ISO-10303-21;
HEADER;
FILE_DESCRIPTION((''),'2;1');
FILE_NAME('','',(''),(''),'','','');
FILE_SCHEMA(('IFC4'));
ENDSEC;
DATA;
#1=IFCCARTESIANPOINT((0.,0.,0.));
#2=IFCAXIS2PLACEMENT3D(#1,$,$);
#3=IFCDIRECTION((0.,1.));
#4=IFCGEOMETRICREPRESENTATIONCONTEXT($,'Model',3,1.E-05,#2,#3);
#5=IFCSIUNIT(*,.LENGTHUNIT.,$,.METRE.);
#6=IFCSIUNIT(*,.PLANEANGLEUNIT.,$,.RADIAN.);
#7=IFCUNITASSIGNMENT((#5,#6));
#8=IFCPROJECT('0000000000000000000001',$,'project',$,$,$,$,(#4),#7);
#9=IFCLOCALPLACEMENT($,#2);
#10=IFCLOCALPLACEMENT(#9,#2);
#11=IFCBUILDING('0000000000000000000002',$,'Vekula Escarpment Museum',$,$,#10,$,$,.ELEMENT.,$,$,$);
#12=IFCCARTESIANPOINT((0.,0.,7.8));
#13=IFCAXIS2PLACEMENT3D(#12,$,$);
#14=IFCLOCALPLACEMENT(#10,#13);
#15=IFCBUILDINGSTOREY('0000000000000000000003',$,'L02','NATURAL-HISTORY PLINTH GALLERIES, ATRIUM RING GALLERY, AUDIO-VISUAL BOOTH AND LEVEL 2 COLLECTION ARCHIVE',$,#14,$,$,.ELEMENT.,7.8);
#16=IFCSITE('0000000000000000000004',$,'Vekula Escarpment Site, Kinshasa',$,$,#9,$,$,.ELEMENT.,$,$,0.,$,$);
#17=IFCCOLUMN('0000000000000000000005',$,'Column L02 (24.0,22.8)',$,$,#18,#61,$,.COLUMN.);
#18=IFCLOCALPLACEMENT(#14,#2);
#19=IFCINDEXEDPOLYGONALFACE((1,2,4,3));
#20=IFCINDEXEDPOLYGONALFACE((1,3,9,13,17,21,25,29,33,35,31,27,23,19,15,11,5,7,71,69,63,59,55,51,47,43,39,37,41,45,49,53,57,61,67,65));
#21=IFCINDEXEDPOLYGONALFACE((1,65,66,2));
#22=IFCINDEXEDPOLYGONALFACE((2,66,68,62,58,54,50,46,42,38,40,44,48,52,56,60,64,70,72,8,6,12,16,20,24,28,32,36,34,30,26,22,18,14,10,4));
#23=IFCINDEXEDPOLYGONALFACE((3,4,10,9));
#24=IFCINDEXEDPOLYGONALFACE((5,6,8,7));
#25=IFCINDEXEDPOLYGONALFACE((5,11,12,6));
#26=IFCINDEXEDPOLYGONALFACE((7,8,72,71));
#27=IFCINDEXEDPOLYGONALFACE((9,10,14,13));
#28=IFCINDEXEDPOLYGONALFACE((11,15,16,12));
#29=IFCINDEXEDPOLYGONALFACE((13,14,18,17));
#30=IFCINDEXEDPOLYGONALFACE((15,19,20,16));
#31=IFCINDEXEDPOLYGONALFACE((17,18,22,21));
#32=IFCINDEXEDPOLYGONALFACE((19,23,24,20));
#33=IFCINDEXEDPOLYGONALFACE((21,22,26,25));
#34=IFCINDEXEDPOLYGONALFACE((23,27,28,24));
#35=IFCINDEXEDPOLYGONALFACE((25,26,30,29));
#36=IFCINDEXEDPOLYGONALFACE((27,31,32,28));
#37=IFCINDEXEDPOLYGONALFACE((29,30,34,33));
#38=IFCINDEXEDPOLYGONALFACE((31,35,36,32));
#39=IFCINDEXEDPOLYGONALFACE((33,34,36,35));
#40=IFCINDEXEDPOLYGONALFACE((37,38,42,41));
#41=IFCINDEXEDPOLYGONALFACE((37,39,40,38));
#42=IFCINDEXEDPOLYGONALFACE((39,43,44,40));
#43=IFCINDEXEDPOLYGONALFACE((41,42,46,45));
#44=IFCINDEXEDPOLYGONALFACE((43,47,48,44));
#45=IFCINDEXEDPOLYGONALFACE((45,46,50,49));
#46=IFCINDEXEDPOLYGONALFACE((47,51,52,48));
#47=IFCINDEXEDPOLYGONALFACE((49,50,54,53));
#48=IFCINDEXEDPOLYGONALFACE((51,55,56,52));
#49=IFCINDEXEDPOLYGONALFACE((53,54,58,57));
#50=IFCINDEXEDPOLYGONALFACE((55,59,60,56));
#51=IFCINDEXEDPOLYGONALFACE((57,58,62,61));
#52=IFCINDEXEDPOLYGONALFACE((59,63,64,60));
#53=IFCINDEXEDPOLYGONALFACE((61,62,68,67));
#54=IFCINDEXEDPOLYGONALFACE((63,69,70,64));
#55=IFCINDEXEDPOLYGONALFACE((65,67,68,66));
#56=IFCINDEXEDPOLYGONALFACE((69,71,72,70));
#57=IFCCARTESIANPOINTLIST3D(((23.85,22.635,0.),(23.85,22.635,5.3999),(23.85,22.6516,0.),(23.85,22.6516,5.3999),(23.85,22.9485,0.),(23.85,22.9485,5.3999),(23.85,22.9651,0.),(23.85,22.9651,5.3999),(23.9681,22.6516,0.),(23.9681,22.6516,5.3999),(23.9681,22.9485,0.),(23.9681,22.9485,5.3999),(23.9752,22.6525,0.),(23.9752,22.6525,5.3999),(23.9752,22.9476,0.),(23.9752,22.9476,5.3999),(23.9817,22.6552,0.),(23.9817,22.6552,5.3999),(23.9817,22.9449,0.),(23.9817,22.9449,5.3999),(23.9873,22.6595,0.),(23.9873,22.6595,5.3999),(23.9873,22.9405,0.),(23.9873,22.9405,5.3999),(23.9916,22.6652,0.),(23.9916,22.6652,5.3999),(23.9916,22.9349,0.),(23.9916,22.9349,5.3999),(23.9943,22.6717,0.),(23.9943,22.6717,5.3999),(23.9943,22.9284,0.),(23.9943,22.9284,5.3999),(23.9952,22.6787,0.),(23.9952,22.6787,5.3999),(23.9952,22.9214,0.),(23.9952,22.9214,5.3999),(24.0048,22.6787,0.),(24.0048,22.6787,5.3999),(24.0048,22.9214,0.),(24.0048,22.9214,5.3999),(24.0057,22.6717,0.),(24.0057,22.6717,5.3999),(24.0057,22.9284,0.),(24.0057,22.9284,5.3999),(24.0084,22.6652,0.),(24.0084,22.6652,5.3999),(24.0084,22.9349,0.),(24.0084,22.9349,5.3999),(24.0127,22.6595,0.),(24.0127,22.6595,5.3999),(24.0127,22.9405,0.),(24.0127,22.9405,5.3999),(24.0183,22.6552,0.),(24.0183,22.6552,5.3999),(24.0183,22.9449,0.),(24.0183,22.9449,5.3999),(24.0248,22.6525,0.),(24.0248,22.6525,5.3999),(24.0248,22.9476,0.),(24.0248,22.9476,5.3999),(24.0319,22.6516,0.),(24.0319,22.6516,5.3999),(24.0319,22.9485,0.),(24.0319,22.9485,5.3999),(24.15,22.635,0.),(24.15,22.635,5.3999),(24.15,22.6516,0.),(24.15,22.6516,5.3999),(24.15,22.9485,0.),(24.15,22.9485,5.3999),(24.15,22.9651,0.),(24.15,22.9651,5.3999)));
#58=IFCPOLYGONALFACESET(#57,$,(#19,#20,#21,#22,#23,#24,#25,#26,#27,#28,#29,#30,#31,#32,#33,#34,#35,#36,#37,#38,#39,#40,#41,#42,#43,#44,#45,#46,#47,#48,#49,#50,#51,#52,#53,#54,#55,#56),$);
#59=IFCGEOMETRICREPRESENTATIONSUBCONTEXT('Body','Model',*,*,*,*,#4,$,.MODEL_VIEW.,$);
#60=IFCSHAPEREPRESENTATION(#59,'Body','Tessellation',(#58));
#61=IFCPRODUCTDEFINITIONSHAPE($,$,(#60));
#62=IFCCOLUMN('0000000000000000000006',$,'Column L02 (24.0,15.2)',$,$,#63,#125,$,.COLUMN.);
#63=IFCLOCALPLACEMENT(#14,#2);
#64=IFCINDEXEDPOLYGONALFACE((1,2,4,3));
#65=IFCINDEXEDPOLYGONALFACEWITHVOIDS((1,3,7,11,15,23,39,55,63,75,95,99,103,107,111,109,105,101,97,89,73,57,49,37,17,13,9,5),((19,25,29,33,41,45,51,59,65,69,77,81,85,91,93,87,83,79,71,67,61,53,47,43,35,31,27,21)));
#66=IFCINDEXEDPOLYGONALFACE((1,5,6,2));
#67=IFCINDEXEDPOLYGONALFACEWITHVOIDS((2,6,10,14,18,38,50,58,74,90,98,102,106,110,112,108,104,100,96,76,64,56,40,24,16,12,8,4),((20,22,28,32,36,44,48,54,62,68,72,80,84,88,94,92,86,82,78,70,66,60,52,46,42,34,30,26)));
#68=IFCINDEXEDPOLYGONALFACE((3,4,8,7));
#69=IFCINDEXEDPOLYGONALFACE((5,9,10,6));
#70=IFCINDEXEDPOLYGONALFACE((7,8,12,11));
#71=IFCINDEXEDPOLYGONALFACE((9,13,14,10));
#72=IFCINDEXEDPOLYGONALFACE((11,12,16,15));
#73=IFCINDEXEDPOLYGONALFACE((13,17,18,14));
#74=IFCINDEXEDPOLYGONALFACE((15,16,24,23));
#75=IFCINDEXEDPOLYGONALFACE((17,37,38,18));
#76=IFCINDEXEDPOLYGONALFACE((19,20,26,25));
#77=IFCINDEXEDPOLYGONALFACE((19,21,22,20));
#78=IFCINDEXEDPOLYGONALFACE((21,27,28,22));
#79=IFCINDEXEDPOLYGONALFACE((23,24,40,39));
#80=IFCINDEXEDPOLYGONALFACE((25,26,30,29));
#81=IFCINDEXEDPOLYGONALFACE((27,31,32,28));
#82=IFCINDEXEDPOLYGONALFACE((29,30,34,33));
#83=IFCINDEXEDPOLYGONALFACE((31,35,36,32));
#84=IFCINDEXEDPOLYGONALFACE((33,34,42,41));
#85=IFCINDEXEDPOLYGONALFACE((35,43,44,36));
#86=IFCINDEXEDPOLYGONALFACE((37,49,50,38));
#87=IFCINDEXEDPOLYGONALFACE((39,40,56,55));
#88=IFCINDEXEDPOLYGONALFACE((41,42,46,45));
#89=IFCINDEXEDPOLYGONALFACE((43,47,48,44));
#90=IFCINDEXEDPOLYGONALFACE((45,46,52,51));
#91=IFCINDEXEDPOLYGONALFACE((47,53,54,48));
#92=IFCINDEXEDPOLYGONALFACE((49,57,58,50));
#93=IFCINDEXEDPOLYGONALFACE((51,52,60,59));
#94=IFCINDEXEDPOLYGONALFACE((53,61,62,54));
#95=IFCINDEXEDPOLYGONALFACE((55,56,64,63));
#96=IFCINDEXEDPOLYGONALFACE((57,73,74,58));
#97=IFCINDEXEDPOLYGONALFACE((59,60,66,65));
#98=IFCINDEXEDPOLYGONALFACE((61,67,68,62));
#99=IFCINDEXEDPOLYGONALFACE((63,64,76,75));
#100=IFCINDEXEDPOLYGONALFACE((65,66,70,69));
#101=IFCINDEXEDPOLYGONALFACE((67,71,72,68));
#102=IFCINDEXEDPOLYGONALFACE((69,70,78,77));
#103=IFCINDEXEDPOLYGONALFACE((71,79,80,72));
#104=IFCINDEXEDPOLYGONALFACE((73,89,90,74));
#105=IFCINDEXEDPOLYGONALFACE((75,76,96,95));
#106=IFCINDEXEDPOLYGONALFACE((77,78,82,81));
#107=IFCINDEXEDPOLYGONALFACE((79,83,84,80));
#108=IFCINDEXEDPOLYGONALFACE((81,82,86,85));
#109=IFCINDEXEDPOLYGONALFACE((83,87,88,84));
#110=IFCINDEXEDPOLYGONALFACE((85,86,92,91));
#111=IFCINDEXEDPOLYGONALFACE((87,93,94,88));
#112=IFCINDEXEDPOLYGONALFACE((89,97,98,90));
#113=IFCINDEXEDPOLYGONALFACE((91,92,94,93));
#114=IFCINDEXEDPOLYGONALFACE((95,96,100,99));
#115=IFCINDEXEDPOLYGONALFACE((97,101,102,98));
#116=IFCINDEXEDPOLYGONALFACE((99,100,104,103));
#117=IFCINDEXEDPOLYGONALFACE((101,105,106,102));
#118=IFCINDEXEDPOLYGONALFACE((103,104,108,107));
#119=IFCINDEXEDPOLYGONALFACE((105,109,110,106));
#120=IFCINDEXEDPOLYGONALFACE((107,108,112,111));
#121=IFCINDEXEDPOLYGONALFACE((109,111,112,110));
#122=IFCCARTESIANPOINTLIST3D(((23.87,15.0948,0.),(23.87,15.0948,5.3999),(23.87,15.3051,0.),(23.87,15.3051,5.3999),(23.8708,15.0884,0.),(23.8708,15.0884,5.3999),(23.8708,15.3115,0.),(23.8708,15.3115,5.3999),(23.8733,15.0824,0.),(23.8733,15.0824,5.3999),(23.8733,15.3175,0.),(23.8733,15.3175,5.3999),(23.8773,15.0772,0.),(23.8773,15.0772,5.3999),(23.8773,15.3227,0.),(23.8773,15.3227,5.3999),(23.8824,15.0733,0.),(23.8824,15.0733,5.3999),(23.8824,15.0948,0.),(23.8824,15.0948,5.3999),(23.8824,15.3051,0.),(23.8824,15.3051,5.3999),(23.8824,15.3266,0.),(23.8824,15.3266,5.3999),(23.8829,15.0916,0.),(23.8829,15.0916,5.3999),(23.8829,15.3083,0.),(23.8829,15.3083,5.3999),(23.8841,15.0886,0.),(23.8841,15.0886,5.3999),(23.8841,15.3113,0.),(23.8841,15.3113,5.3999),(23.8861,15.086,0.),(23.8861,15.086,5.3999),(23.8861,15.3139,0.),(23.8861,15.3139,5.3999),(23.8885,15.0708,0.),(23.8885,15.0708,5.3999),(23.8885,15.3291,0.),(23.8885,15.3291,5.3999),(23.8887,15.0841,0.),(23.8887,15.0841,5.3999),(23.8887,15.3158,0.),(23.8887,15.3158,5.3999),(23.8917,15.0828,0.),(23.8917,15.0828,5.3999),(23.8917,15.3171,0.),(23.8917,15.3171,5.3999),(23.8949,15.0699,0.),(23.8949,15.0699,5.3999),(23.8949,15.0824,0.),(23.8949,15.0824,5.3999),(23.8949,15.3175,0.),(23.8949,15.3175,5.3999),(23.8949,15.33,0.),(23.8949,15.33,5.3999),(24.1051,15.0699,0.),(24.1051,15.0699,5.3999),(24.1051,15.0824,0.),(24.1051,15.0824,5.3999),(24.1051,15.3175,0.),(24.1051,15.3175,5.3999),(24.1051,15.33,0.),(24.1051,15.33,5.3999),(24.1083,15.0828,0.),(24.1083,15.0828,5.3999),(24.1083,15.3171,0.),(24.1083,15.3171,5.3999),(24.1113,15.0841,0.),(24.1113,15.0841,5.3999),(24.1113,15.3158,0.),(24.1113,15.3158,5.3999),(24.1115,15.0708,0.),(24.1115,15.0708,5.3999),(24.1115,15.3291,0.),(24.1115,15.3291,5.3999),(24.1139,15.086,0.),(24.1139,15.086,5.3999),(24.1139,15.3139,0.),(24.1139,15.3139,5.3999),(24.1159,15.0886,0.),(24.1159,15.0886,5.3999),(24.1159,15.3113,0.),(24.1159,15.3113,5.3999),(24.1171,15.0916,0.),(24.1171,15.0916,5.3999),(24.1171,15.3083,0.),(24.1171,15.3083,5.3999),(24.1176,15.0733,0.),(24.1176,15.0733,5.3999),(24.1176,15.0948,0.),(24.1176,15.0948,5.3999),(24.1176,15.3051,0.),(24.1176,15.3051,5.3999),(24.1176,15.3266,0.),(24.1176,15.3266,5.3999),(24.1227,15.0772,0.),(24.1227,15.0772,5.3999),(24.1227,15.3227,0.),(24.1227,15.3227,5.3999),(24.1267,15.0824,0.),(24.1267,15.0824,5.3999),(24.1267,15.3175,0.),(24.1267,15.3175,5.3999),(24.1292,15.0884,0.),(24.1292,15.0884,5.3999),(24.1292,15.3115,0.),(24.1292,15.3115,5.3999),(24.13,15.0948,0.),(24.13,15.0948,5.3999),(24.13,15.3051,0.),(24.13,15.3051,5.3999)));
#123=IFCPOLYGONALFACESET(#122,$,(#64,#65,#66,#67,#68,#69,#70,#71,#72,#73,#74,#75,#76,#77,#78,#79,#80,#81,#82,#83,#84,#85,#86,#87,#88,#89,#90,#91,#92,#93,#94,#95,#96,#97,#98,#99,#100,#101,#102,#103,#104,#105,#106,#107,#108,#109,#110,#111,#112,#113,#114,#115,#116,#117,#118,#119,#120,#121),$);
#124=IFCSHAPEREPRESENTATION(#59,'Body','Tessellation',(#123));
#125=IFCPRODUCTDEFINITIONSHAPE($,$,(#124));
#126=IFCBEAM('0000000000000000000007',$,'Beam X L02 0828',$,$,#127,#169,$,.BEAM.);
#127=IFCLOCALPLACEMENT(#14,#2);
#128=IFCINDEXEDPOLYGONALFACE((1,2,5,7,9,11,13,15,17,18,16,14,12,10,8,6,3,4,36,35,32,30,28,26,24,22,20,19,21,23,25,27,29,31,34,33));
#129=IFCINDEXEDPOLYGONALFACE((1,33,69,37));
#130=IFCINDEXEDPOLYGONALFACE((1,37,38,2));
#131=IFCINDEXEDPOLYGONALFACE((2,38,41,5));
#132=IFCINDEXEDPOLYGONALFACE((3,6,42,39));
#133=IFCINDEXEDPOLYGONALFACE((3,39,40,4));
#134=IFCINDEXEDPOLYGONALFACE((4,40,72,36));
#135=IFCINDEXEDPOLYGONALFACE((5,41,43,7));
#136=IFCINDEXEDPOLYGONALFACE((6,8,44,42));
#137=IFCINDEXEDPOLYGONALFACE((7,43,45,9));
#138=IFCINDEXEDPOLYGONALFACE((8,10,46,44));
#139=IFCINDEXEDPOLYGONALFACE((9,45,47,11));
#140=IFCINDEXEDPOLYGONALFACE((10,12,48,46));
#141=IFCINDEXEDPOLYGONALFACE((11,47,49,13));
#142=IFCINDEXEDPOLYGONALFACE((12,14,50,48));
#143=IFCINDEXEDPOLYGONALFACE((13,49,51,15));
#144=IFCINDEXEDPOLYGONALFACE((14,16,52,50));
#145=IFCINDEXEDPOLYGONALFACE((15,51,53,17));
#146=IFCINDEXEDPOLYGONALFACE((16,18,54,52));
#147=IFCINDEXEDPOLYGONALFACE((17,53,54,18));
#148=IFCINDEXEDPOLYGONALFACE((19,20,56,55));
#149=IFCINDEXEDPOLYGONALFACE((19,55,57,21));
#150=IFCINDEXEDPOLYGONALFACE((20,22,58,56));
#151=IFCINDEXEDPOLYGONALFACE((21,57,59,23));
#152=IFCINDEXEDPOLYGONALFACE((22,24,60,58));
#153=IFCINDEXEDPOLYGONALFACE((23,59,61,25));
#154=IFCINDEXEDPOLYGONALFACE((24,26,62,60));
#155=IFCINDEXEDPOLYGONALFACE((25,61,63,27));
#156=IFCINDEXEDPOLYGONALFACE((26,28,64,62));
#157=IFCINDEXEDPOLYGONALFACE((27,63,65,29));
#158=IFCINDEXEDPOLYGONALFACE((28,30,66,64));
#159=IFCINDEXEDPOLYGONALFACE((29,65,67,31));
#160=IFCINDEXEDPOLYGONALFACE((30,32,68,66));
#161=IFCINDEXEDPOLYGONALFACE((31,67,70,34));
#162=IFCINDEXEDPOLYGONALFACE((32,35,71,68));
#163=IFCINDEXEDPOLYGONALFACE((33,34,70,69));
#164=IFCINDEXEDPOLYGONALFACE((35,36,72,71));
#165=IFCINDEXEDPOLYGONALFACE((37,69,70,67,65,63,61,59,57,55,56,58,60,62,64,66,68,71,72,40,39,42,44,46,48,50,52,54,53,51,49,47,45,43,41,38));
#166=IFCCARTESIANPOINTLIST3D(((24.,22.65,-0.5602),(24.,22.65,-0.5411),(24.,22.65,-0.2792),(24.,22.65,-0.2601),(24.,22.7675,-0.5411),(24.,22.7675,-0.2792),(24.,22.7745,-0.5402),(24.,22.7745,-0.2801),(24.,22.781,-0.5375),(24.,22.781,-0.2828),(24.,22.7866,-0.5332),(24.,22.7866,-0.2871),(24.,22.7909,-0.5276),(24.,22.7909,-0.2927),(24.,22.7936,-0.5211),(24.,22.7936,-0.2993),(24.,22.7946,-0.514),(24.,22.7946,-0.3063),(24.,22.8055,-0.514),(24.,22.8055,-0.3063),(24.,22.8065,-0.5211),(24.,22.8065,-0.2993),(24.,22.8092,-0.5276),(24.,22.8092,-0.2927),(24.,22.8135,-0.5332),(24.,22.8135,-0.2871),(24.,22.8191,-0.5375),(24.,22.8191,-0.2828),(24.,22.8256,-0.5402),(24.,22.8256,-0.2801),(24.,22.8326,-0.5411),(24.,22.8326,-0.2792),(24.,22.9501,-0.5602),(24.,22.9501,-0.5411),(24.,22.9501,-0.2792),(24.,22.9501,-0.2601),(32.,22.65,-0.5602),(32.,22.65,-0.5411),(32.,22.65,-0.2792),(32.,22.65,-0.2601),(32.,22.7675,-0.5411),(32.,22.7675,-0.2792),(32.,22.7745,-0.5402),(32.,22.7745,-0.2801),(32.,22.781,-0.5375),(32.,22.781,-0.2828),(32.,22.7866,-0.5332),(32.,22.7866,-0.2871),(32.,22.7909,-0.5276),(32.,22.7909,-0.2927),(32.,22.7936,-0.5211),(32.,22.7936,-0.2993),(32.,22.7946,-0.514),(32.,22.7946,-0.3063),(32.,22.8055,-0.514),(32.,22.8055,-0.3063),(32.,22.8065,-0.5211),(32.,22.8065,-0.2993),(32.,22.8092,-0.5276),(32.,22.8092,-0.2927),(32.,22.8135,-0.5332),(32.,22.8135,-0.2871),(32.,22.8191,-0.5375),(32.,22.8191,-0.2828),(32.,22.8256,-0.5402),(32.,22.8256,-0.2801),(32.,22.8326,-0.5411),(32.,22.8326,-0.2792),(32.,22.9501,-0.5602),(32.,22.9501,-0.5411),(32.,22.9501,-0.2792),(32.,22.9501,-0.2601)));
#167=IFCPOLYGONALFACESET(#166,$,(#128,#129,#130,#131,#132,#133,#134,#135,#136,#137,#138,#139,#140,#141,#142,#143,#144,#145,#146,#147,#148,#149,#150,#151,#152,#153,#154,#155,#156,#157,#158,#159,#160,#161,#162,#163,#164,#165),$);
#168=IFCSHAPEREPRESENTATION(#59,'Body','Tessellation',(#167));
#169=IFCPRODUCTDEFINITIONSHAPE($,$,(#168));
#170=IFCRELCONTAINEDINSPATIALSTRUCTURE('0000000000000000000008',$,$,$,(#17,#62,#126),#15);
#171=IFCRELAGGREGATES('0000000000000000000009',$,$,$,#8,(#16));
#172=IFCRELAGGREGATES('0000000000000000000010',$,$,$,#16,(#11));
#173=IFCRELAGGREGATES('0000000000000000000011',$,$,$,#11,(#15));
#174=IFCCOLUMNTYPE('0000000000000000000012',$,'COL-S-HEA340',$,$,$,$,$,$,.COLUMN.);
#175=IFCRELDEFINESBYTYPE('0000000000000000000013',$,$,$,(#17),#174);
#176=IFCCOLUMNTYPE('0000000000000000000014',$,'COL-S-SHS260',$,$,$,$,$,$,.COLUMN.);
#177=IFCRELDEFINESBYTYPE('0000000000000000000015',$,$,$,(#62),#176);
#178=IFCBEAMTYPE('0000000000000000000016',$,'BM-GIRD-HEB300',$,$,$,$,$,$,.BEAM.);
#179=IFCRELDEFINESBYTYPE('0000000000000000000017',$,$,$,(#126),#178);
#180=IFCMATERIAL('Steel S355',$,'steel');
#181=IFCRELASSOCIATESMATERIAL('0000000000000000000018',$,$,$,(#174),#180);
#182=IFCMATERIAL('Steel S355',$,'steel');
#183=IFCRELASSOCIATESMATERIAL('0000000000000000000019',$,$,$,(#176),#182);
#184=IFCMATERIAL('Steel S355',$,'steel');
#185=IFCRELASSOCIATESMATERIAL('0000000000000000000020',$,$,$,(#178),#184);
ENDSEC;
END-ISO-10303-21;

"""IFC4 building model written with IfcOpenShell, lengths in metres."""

from ifc_helpers import new_model, si_unit, direction, frame, origin, origin_2d, place, context, subcontext, project, spatial, hollow_rectangle, i_section, extrude, material, material_profile, profile_set, type_object, element, save


model = new_model("IFC4")

# Units and contexts
model_context = context("Model", 3, precision=1e-05, world=origin(), true_north=direction((0.0, 1.0)))
body_context = subcontext(model_context, "Body", "Model", "MODEL_VIEW")
ifc_project = project(units=[si_unit("LENGTHUNIT", "METRE"), si_unit("PLANEANGLEUNIT", "RADIAN")], contexts=[model_context])

# Site, building, storey
site_placement = place(None, origin())
site = spatial("IfcSite", under=ifc_project, at=site_placement, Name="Vekula Escarpment Site, Kinshasa", CompositionType="ELEMENT", RefElevation=0.0)
building_placement = place(site_placement, origin())
building = spatial("IfcBuilding", under=site, at=building_placement, Name="Vekula Escarpment Museum", CompositionType="ELEMENT")
storey_placement = place(building_placement, frame((0.0, 0.0, 7.8)))
storey = spatial("IfcBuildingStorey", under=building, at=storey_placement, Name="L02", Description="NATURAL-HISTORY PLINTH GALLERIES, ATRIUM RING GALLERY, AUDIO-VISUAL BOOTH AND LEVEL 2 COLLECTION ARCHIVE", CompositionType="ELEMENT", Elevation=7.8)

# Columns
ifc_material_1 = material(Name="Steel S355", Category="steel")
ifc_material_profile_1 = material_profile(ifc_material_1, i_section(OverallWidth=0.3, OverallDepth=0.3301, WebThickness=0.0095, FlangeThickness=0.0166, FilletRadius=0.0271, at=origin_2d()), Name="HEA 340")
ifc_profile_set_1 = profile_set([ifc_material_profile_1], Name="Steel S355")
column_type_1 = type_object("IfcColumnType", Name="COL-S-HEA340", PredefinedType="COLUMN", material=ifc_profile_set_1)
column_1_placement = place(storey_placement, frame((24.0, 22.8, 0.0), z_axis=(0.0, 0.0, 1.0), x_axis=(1.0, 0.0, 0.0)))
element("IfcColumn", 1, at=column_1_placement, inside=storey, type_object=column_type_1, Name="Column L02 (24.0,22.8)", PredefinedType="COLUMN", context=body_context, shape_type="SweptSolid", body=[
    extrude(i_section(OverallWidth=0.3, OverallDepth=0.3301, WebThickness=0.0095, FlangeThickness=0.0166, FilletRadius=0.0271, at=origin_2d()), origin(), (0.0, 0.0, 1.0), 5.3999),
])
ifc_material_2 = material(Name="Steel S355", Category="steel")
ifc_material_profile_2 = material_profile(ifc_material_2, hollow_rectangle(XDim=0.26, YDim=0.26, WallThickness=0.0125, InnerFilletRadius=0.0125, OuterFilletRadius=0.0249, at=origin_2d()), Name="SHS 260x260x12.5")
ifc_profile_set_2 = profile_set([ifc_material_profile_2], Name="Steel S355")
column_type_2 = type_object("IfcColumnType", Name="COL-S-SHS260", PredefinedType="COLUMN", material=ifc_profile_set_2)
column_2_placement = place(storey_placement, frame((24.0, 15.2, 0.0), z_axis=(0.0, 0.0, 1.0), x_axis=(1.0, 0.0, 0.0)))
element("IfcColumn", 2, at=column_2_placement, inside=storey, type_object=column_type_2, Name="Column L02 (24.0,15.2)", PredefinedType="COLUMN", context=body_context, shape_type="SweptSolid", body=[
    extrude(hollow_rectangle(XDim=0.26, YDim=0.26, WallThickness=0.0125, InnerFilletRadius=0.0125, OuterFilletRadius=0.0249, at=origin_2d()), origin(), (0.0, 0.0, 1.0), 5.3999),
])

# Beam
ifc_material_3 = material(Name="Steel S355", Category="steel")
ifc_material_profile_3 = material_profile(ifc_material_3, i_section(OverallWidth=0.3, OverallDepth=0.3, WebThickness=0.011, FlangeThickness=0.019, FilletRadius=0.0271, at=origin_2d()), Name="HEB 300")
ifc_profile_set_3 = profile_set([ifc_material_profile_3], Name="Steel S355")
beam_type_1 = type_object("IfcBeamType", Name="BM-GIRD-HEB300", PredefinedType="BEAM", material=ifc_profile_set_3)
beam_1_placement = place(storey_placement, frame((24.0, 22.8, -0.4102), z_axis=(1.0, 0.0, 0.0), x_axis=(0.0, 1.0, 0.0)))
element("IfcBeam", 3, at=beam_1_placement, inside=storey, type_object=beam_type_1, Name="Beam X L02 0828", PredefinedType="BEAM", context=body_context, shape_type="SweptSolid", body=[
    extrude(i_section(OverallWidth=0.3, OverallDepth=0.3, WebThickness=0.011, FlangeThickness=0.019, FilletRadius=0.0271, at=origin_2d()), origin(), (0.0, 0.0, 1.0), 8.0),
])

save(model, "model.ifc")
